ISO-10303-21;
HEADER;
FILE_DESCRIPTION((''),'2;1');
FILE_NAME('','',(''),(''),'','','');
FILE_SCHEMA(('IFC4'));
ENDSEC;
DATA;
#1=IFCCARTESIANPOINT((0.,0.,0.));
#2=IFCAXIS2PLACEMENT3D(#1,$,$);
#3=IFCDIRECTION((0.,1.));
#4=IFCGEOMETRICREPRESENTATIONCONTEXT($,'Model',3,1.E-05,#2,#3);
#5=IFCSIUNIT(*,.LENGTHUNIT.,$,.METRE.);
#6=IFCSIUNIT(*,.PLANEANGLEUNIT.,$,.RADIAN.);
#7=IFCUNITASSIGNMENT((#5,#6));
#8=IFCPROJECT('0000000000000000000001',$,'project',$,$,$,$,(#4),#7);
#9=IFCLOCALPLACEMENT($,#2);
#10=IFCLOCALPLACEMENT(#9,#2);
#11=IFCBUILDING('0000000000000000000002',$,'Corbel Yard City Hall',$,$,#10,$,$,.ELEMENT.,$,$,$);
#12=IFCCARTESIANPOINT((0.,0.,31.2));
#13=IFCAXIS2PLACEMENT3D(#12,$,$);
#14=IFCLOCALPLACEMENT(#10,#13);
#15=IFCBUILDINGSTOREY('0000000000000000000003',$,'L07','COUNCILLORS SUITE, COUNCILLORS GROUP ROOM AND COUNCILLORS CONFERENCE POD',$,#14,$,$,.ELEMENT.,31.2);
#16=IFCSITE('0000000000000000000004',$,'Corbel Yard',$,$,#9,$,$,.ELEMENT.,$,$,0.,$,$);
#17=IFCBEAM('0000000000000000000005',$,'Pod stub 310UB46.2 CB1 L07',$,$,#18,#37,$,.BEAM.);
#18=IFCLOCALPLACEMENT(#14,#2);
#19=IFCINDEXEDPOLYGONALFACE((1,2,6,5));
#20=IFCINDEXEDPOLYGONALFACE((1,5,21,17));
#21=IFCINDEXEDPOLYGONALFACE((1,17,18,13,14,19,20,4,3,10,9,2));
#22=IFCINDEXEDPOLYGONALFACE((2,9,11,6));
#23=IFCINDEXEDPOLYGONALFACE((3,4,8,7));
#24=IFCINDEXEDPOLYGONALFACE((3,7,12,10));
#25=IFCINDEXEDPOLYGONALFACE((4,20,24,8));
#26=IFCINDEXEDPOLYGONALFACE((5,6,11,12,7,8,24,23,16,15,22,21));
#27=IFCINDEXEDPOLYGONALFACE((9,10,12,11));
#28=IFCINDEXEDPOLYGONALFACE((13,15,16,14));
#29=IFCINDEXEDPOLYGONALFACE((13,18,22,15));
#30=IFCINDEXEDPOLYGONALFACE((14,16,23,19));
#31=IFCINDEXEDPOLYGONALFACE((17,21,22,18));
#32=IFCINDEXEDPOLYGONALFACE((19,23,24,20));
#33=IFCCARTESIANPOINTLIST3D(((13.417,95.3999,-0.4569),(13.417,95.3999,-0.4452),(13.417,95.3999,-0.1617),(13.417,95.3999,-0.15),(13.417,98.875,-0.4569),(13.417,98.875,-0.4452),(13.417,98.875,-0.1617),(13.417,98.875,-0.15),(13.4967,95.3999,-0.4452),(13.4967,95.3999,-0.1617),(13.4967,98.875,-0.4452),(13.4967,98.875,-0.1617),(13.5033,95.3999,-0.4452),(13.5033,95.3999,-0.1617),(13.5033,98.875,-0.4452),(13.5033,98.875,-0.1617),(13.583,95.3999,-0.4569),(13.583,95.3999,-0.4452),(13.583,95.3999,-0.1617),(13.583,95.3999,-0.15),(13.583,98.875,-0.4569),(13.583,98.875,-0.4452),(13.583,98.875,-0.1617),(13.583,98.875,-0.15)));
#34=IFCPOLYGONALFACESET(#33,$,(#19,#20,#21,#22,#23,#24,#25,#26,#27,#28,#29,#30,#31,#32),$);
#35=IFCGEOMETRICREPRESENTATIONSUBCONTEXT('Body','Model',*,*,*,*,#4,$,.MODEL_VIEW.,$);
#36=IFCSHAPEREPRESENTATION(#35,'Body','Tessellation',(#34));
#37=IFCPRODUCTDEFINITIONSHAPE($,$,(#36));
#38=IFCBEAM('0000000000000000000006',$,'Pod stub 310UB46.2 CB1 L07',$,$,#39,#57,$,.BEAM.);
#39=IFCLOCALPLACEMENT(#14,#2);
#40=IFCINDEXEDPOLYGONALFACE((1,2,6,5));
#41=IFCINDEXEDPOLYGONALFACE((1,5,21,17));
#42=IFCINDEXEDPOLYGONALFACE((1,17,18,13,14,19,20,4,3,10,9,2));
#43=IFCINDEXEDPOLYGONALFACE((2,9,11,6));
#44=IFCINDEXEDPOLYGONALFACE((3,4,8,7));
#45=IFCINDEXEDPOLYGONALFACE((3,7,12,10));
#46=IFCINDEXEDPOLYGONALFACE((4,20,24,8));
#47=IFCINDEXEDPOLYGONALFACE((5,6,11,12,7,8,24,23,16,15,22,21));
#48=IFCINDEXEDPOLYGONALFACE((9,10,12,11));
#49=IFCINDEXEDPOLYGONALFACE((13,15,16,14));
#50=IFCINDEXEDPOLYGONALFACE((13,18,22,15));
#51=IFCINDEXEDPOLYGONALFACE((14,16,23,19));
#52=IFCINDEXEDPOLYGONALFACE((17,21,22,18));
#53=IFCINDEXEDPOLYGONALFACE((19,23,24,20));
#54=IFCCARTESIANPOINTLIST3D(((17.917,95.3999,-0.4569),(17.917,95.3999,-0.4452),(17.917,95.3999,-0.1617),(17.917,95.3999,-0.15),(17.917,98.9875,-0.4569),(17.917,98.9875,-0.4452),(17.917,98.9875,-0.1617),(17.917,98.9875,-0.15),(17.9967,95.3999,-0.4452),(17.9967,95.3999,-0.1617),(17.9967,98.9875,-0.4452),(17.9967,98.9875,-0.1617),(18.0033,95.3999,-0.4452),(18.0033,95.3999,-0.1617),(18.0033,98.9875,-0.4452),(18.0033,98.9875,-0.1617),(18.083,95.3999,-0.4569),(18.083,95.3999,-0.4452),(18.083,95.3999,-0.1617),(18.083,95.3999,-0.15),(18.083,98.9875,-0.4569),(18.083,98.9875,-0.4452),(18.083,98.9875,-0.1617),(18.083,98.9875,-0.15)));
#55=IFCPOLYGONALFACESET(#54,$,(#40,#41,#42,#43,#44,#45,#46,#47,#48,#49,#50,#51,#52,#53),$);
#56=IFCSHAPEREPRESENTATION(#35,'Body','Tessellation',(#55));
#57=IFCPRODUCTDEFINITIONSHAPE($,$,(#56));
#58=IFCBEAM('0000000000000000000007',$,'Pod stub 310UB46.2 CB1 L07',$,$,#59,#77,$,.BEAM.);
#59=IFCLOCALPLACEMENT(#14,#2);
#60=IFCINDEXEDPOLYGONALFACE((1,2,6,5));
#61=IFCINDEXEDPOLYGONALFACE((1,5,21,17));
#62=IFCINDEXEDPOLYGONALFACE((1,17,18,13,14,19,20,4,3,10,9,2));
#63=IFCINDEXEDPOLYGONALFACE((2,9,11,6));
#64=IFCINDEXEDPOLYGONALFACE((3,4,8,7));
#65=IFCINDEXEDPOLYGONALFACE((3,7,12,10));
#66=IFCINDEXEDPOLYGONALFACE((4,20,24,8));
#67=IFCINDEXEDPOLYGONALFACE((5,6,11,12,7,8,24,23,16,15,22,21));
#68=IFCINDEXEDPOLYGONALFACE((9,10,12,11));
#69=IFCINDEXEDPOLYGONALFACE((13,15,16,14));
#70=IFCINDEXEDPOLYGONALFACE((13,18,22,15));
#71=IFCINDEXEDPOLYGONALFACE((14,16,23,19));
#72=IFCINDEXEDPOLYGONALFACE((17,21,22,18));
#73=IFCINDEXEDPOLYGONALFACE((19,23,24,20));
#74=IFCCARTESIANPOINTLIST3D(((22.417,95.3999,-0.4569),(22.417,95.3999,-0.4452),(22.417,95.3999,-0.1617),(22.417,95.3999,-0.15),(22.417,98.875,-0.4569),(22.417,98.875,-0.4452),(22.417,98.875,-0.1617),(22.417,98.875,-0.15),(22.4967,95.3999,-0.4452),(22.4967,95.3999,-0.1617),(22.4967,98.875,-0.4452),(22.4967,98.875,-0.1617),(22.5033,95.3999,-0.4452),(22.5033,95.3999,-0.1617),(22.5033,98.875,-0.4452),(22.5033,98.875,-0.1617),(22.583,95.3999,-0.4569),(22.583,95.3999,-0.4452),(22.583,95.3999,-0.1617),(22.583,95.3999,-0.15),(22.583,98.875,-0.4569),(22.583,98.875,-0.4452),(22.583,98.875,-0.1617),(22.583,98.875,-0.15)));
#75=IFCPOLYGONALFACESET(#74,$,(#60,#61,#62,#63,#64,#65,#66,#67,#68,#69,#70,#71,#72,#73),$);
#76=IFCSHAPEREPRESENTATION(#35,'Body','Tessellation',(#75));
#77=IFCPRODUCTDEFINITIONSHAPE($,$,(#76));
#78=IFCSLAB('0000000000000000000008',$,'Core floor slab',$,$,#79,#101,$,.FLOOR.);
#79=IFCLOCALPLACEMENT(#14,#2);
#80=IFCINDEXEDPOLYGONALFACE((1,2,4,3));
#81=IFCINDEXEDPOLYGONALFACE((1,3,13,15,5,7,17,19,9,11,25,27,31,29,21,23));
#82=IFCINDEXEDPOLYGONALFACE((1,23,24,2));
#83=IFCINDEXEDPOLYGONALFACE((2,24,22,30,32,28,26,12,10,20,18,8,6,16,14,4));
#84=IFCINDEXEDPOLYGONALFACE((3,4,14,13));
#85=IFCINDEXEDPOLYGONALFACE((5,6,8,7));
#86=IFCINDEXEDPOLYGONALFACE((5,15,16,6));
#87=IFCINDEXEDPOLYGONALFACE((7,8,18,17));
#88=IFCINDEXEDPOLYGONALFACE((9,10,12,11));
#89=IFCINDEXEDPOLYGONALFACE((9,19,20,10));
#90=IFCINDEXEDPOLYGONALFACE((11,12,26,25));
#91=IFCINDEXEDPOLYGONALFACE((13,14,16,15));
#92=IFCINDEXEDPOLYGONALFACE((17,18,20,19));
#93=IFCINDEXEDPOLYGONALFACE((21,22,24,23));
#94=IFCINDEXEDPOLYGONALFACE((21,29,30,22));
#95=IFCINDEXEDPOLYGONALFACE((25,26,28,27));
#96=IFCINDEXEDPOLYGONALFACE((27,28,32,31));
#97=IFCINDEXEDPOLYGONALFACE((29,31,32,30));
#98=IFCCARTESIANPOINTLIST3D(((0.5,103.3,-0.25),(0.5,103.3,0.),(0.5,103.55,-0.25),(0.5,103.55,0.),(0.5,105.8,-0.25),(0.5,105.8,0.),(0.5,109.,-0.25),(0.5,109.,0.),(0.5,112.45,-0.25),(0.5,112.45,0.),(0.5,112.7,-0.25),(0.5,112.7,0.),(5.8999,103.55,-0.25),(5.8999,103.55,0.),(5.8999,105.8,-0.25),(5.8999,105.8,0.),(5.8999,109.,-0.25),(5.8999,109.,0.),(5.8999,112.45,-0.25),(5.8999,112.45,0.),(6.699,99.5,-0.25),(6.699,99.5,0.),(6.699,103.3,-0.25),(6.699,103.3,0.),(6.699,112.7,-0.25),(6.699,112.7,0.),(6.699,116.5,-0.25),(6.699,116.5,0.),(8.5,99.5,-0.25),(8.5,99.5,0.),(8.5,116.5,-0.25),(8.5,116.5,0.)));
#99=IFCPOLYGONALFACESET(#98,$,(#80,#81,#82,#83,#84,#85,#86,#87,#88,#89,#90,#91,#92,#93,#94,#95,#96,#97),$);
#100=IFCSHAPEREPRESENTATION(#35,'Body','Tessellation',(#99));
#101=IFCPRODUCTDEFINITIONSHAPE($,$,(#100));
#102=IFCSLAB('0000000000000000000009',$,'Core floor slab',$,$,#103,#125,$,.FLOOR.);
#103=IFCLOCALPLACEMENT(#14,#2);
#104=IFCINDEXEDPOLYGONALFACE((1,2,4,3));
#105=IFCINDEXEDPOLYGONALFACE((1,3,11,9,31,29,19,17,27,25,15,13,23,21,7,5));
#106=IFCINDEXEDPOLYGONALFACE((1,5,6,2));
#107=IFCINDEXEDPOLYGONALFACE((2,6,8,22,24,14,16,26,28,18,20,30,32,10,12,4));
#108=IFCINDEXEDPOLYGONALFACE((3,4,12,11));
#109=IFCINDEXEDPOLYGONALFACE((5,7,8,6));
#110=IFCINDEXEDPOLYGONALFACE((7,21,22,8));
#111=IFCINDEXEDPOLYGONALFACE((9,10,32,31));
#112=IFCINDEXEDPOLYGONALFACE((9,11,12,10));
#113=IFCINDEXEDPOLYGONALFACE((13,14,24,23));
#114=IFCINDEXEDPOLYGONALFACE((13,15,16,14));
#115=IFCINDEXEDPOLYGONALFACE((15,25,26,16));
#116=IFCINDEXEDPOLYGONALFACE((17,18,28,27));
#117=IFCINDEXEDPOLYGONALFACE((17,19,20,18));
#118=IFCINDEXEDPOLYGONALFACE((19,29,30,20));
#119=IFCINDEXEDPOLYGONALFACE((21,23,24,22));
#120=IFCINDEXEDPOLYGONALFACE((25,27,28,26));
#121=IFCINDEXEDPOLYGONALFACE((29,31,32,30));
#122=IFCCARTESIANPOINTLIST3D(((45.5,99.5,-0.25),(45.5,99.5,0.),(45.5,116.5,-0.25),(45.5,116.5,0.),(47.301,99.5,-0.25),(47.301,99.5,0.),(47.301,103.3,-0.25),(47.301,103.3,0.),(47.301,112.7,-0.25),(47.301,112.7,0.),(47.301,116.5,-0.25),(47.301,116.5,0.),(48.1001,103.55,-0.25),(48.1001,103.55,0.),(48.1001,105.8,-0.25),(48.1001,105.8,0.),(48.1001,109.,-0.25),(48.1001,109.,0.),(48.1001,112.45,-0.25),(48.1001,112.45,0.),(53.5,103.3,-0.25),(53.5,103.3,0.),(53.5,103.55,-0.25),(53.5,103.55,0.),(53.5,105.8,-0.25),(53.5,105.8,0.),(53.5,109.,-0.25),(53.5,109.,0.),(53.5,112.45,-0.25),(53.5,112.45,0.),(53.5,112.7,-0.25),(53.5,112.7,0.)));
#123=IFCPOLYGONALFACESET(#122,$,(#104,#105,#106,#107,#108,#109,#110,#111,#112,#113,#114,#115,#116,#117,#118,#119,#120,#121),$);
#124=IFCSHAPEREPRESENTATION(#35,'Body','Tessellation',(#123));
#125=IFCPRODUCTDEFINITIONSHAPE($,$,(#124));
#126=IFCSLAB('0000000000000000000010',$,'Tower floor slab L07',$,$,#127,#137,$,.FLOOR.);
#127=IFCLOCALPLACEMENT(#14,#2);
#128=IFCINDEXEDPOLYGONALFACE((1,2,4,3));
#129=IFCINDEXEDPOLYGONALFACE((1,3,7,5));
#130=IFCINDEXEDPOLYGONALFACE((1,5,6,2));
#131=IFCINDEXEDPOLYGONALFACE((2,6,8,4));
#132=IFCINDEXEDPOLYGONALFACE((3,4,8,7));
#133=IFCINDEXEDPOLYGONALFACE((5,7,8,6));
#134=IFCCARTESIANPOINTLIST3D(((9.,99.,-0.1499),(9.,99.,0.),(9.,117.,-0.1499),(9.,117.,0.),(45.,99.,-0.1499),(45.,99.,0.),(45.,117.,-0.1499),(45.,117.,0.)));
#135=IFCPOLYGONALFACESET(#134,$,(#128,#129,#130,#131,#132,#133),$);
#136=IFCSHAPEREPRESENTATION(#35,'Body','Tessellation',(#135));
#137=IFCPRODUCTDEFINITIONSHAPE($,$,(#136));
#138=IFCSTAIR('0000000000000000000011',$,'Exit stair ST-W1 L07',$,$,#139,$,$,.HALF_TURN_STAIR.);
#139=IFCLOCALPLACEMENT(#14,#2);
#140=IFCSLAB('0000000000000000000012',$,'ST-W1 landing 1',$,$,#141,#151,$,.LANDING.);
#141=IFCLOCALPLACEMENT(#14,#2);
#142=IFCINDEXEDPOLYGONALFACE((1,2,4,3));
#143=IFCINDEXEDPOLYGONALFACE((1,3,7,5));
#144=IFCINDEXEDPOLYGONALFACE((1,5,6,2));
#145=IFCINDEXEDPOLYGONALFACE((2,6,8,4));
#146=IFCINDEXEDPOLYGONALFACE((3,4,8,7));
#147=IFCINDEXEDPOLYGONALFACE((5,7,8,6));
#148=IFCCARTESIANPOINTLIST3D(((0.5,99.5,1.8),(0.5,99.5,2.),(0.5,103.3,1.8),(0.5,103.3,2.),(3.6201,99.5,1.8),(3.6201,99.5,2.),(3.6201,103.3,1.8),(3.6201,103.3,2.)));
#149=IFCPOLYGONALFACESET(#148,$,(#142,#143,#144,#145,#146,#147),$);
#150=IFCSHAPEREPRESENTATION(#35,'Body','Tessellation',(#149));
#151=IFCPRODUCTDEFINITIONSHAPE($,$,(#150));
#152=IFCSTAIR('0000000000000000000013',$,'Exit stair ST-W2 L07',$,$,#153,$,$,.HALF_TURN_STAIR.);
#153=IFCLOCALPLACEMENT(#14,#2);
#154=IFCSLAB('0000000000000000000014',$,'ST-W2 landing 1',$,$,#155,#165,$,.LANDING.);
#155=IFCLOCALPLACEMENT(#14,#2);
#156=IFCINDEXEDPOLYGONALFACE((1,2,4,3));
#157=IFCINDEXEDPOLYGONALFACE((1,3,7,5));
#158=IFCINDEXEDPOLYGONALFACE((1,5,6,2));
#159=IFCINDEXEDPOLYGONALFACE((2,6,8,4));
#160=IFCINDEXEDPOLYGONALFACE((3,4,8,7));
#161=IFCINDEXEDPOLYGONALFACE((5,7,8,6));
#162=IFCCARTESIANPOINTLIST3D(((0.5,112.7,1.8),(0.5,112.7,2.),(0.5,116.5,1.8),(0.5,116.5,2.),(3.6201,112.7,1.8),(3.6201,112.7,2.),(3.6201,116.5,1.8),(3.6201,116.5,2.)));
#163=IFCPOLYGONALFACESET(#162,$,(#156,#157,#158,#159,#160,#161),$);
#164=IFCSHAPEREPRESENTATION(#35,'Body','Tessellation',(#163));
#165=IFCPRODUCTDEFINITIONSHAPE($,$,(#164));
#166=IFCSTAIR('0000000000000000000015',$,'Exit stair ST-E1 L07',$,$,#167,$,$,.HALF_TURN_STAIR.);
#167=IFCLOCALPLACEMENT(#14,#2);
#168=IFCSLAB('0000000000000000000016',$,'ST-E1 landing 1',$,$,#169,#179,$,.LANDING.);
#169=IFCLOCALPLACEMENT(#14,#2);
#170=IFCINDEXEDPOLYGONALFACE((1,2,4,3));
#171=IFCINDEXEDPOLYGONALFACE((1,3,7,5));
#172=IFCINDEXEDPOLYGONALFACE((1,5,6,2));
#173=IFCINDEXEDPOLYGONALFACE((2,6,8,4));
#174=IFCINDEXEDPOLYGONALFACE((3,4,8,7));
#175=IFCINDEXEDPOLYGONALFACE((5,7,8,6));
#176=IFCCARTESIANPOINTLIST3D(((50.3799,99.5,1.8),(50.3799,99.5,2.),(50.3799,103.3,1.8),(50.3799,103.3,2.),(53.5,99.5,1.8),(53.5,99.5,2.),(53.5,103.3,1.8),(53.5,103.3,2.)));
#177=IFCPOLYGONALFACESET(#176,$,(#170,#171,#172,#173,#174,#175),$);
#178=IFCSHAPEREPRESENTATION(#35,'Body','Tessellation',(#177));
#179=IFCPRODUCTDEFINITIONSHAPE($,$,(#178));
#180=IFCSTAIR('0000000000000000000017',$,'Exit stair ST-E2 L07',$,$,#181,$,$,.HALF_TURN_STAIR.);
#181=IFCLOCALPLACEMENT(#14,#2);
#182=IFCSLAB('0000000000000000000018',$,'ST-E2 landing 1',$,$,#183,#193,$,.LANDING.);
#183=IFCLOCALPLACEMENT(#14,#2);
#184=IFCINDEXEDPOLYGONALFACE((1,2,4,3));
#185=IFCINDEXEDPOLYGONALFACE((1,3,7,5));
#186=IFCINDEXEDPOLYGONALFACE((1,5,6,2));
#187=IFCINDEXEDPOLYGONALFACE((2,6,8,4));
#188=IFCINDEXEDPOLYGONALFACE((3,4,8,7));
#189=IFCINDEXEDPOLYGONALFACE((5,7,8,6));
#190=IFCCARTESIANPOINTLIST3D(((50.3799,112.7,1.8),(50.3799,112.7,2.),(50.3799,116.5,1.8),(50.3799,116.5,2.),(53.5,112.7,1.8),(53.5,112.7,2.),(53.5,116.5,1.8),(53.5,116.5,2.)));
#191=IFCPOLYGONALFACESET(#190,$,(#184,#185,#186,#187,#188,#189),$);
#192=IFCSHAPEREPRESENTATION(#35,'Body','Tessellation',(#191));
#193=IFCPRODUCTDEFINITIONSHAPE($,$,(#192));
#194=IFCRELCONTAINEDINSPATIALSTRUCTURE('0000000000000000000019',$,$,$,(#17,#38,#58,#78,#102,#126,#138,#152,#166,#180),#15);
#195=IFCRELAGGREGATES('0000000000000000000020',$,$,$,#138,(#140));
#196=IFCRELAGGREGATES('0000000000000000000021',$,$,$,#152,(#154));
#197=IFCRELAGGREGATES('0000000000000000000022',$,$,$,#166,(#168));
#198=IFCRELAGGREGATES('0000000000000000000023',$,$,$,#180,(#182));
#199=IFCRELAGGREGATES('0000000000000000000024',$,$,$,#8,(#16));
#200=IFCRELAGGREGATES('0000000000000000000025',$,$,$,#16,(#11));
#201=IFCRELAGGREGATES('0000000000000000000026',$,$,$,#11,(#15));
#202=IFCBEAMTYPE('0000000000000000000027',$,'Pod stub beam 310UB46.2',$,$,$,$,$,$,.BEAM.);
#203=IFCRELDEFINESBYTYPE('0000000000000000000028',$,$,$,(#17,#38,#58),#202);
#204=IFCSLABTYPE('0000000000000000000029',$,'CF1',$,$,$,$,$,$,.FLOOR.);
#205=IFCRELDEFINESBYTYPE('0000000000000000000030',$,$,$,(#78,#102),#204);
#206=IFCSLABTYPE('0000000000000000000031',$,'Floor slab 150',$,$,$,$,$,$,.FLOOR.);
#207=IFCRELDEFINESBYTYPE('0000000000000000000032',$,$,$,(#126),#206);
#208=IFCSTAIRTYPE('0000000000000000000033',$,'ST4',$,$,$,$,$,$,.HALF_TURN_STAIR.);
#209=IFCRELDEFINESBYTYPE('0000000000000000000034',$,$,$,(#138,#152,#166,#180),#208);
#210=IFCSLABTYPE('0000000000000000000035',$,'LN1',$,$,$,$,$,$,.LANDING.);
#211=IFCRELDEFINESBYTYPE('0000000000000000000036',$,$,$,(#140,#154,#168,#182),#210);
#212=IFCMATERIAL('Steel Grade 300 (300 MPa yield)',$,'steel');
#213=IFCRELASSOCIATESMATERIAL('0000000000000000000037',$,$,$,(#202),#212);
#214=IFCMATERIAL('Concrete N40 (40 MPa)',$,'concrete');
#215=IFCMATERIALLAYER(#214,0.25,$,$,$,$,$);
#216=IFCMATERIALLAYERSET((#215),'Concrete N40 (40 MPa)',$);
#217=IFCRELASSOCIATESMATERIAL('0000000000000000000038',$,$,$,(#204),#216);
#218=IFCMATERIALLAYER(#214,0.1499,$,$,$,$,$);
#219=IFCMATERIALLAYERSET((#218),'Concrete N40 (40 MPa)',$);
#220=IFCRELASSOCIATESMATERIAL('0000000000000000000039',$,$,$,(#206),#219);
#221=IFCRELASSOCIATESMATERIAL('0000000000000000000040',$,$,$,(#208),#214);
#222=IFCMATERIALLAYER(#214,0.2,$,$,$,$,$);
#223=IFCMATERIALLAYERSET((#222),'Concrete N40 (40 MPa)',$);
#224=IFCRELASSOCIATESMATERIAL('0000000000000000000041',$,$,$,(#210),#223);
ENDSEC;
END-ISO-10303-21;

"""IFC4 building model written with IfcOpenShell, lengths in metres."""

from ifc_helpers import new_model, si_unit, direction, frame, origin, origin_2d, place, context, subcontext, project, spatial, polyline, i_section, outline, extrude, material, layer, layer_set, material_profile, profile_set, type_object, element, aggregate, save


model = new_model("IFC4")

# Units and contexts
model_context = context("Model", 3, precision=1e-05, world=origin(), true_north=direction((0.0, 1.0)))
body_context = subcontext(model_context, "Body", "Model", "MODEL_VIEW")
ifc_project = project(units=[si_unit("LENGTHUNIT", "METRE"), si_unit("PLANEANGLEUNIT", "RADIAN")], contexts=[model_context])

# Site, building, storey
site_placement = place(None, origin())
site = spatial("IfcSite", under=ifc_project, at=site_placement, Name="Corbel Yard", CompositionType="ELEMENT", RefElevation=0.0)
building_placement = place(site_placement, origin())
building = spatial("IfcBuilding", under=site, at=building_placement, Name="Corbel Yard City Hall", CompositionType="ELEMENT")
storey_placement = place(building_placement, frame((0.0, 0.0, 31.2)))
storey = spatial("IfcBuildingStorey", under=building, at=storey_placement, Name="L07", Description="COUNCILLORS SUITE, COUNCILLORS GROUP ROOM AND COUNCILLORS CONFERENCE POD", CompositionType="ELEMENT", Elevation=31.2)

# Beams
ifc_material_1 = material(Name="Steel Grade 300 (300 MPa yield)", Category="steel")
ifc_material_profile = material_profile(ifc_material_1, i_section(OverallWidth=0.166, OverallDepth=0.3069, WebThickness=0.0066, FlangeThickness=0.0117, at=origin_2d()), Name="310UB46.2")
ifc_profile_set = profile_set([ifc_material_profile], Name="Steel Grade 300 (300 MPa yield)")
beam_type = type_object("IfcBeamType", Name="Pod stub beam 310UB46.2", PredefinedType="BEAM", material=ifc_profile_set)
beam_1_placement = place(storey_placement, frame((13.5, 95.3999, -0.3035), z_axis=(0.0, 1.0, 0.0), x_axis=(-1.0, 0.0, 0.0)))
element("IfcBeam", 1, at=beam_1_placement, inside=storey, type_object=beam_type, Name="Pod stub 310UB46.2 CB1 L07", PredefinedType="BEAM", context=body_context, shape_type="SweptSolid", body=[
    extrude(i_section(OverallWidth=0.166, OverallDepth=0.3069, WebThickness=0.0066, FlangeThickness=0.0117, at=origin_2d()), origin(), (0.0, 0.0, 1.0), 3.4751),
])
beam_2_placement = place(storey_placement, frame((18.0, 95.3999, -0.3035), z_axis=(0.0, 1.0, 0.0), x_axis=(-1.0, 0.0, 0.0)))
element("IfcBeam", 2, at=beam_2_placement, inside=storey, type_object=beam_type, Name="Pod stub 310UB46.2 CB1 L07", PredefinedType="BEAM", context=body_context, shape_type="SweptSolid", body=[
    extrude(i_section(OverallWidth=0.166, OverallDepth=0.3069, WebThickness=0.0066, FlangeThickness=0.0117, at=origin_2d()), origin(), (0.0, 0.0, 1.0), 3.5876),
])
beam_3_placement = place(storey_placement, frame((22.5, 95.3999, -0.3035), z_axis=(0.0, 1.0, 0.0), x_axis=(-1.0, 0.0, 0.0)))
element("IfcBeam", 3, at=beam_3_placement, inside=storey, type_object=beam_type, Name="Pod stub 310UB46.2 CB1 L07", PredefinedType="BEAM", context=body_context, shape_type="SweptSolid", body=[
    extrude(i_section(OverallWidth=0.166, OverallDepth=0.3069, WebThickness=0.0066, FlangeThickness=0.0117, at=origin_2d()), origin(), (0.0, 0.0, 1.0), 3.4751),
])

# Slabs
ifc_material_2 = material(Name="Concrete N40 (40 MPa)", Category="concrete")
ifc_layer_1 = layer(ifc_material_2, 0.25)
ifc_layer_set_1 = layer_set([ifc_layer_1], Name="Concrete N40 (40 MPa)")
slab_type_1 = type_object("IfcSlabType", Name="CF1", PredefinedType="FLOOR", material=ifc_layer_set_1)
slab_1_placement = place(storey_placement, frame((0.0, 0.0, -0.25)))
element("IfcSlab", 4, at=slab_1_placement, inside=storey, type_object=slab_type_1, Name="Core floor slab", PredefinedType="FLOOR", context=body_context, shape_type="SweptSolid", body=[
    extrude(outline(polyline([(8.5, 116.5), (6.699, 116.5), (6.699, 112.7), (0.5, 112.7), (0.5, 112.45), (5.8999, 112.45), (5.8999, 109.0), (0.5, 109.0), (0.5, 105.8), (5.8999, 105.8), (5.8999, 103.55), (0.5, 103.55), (0.5, 103.3), (6.699, 103.3), (6.699, 99.5), (8.5, 99.5), (8.5, 116.5)])), origin(), (0.0, 0.0, 1.0), 0.25),
])
slab_2_placement = place(storey_placement, frame((0.0, 0.0, -0.25)))
element("IfcSlab", 5, at=slab_2_placement, inside=storey, type_object=slab_type_1, Name="Core floor slab", PredefinedType="FLOOR", context=body_context, shape_type="SweptSolid", body=[
    extrude(outline(polyline([(53.5, 103.3), (53.5, 103.55), (48.1001, 103.55), (48.1001, 105.8), (53.5, 105.8), (53.5, 109.0), (48.1001, 109.0), (48.1001, 112.45), (53.5, 112.45), (53.5, 112.7), (47.301, 112.7), (47.301, 116.5), (45.5, 116.5), (45.5, 99.5), (47.301, 99.5), (47.301, 103.3), (53.5, 103.3)])), origin(), (0.0, 0.0, 1.0), 0.25),
])
ifc_layer_2 = layer(ifc_material_2, 0.1499)
ifc_layer_set_2 = layer_set([ifc_layer_2], Name="Concrete N40 (40 MPa)")
slab_type_2 = type_object("IfcSlabType", Name="Floor slab 150", PredefinedType="FLOOR", material=ifc_layer_set_2)
slab_3_placement = place(storey_placement, frame((0.0, 0.0, -0.1499)))
element("IfcSlab", 6, at=slab_3_placement, inside=storey, type_object=slab_type_2, Name="Tower floor slab L07", PredefinedType="FLOOR", context=body_context, shape_type="SweptSolid", body=[
    extrude(outline(polyline([(45.0, 99.0), (45.0, 117.0), (9.0, 117.0), (9.0, 99.0), (45.0, 99.0)])), origin(), (0.0, 0.0, 1.0), 0.1499),
])

# Stairs, slabs
stair_type = type_object("IfcStairType", Name="ST4", PredefinedType="HALF_TURN_STAIR", material=ifc_material_2)
stair_1_placement = place(storey_placement, origin())
stair_1 = element("IfcStair", 7, at=stair_1_placement, inside=storey, type_object=stair_type, Name="Exit stair ST-W1 L07", PredefinedType="HALF_TURN_STAIR")
ifc_layer_3 = layer(ifc_material_2, 0.2)
ifc_layer_set_3 = layer_set([ifc_layer_3], Name="Concrete N40 (40 MPa)")
slab_type_3 = type_object("IfcSlabType", Name="LN1", PredefinedType="LANDING", material=ifc_layer_set_3)
slab_4_placement = place(storey_placement, frame((0.0, 0.0, 1.8)))
slab_4 = element("IfcSlab", 8, at=slab_4_placement, type_object=slab_type_3, Name="ST-W1 landing 1", PredefinedType="LANDING", context=body_context, shape_type="SweptSolid", body=[
    extrude(outline(polyline([(0.5, 99.5), (3.6201, 99.5), (3.6201, 103.3), (0.5, 103.3), (0.5, 99.5)])), origin(), (0.0, 0.0, 1.0), 0.2),
])
aggregate(stair_1, [slab_4])
stair_2_placement = place(storey_placement, origin())
stair_2 = element("IfcStair", 9, at=stair_2_placement, inside=storey, type_object=stair_type, Name="Exit stair ST-W2 L07", PredefinedType="HALF_TURN_STAIR")
slab_5_placement = place(storey_placement, frame((0.0, 0.0, 1.8)))
slab_5 = element("IfcSlab", 10, at=slab_5_placement, type_object=slab_type_3, Name="ST-W2 landing 1", PredefinedType="LANDING", context=body_context, shape_type="SweptSolid", body=[
    extrude(outline(polyline([(0.5, 112.7), (3.6201, 112.7), (3.6201, 116.5), (0.5, 116.5), (0.5, 112.7)])), origin(), (0.0, 0.0, 1.0), 0.2),
])
aggregate(stair_2, [slab_5])
stair_3_placement = place(storey_placement, origin())
stair_3 = element("IfcStair", 11, at=stair_3_placement, inside=storey, type_object=stair_type, Name="Exit stair ST-E1 L07", PredefinedType="HALF_TURN_STAIR")
slab_6_placement = place(storey_placement, frame((0.0, 0.0, 1.8)))
slab_6 = element("IfcSlab", 12, at=slab_6_placement, type_object=slab_type_3, Name="ST-E1 landing 1", PredefinedType="LANDING", context=body_context, shape_type="SweptSolid", body=[
    extrude(outline(polyline([(50.3799, 99.5), (53.5, 99.5), (53.5, 103.3), (50.3799, 103.3), (50.3799, 99.5)])), origin(), (0.0, 0.0, 1.0), 0.2),
])
aggregate(stair_3, [slab_6])
stair_4_placement = place(storey_placement, origin())
stair_4 = element("IfcStair", 13, at=stair_4_placement, inside=storey, type_object=stair_type, Name="Exit stair ST-E2 L07", PredefinedType="HALF_TURN_STAIR")
slab_7_placement = place(storey_placement, frame((0.0, 0.0, 1.8)))
slab_7 = element("IfcSlab", 14, at=slab_7_placement, type_object=slab_type_3, Name="ST-E2 landing 1", PredefinedType="LANDING", context=body_context, shape_type="SweptSolid", body=[
    extrude(outline(polyline([(50.3799, 112.7), (53.5, 112.7), (53.5, 116.5), (50.3799, 116.5), (50.3799, 112.7)])), origin(), (0.0, 0.0, 1.0), 0.2),
])
aggregate(stair_4, [slab_7])

save(model, "model.ifc")
